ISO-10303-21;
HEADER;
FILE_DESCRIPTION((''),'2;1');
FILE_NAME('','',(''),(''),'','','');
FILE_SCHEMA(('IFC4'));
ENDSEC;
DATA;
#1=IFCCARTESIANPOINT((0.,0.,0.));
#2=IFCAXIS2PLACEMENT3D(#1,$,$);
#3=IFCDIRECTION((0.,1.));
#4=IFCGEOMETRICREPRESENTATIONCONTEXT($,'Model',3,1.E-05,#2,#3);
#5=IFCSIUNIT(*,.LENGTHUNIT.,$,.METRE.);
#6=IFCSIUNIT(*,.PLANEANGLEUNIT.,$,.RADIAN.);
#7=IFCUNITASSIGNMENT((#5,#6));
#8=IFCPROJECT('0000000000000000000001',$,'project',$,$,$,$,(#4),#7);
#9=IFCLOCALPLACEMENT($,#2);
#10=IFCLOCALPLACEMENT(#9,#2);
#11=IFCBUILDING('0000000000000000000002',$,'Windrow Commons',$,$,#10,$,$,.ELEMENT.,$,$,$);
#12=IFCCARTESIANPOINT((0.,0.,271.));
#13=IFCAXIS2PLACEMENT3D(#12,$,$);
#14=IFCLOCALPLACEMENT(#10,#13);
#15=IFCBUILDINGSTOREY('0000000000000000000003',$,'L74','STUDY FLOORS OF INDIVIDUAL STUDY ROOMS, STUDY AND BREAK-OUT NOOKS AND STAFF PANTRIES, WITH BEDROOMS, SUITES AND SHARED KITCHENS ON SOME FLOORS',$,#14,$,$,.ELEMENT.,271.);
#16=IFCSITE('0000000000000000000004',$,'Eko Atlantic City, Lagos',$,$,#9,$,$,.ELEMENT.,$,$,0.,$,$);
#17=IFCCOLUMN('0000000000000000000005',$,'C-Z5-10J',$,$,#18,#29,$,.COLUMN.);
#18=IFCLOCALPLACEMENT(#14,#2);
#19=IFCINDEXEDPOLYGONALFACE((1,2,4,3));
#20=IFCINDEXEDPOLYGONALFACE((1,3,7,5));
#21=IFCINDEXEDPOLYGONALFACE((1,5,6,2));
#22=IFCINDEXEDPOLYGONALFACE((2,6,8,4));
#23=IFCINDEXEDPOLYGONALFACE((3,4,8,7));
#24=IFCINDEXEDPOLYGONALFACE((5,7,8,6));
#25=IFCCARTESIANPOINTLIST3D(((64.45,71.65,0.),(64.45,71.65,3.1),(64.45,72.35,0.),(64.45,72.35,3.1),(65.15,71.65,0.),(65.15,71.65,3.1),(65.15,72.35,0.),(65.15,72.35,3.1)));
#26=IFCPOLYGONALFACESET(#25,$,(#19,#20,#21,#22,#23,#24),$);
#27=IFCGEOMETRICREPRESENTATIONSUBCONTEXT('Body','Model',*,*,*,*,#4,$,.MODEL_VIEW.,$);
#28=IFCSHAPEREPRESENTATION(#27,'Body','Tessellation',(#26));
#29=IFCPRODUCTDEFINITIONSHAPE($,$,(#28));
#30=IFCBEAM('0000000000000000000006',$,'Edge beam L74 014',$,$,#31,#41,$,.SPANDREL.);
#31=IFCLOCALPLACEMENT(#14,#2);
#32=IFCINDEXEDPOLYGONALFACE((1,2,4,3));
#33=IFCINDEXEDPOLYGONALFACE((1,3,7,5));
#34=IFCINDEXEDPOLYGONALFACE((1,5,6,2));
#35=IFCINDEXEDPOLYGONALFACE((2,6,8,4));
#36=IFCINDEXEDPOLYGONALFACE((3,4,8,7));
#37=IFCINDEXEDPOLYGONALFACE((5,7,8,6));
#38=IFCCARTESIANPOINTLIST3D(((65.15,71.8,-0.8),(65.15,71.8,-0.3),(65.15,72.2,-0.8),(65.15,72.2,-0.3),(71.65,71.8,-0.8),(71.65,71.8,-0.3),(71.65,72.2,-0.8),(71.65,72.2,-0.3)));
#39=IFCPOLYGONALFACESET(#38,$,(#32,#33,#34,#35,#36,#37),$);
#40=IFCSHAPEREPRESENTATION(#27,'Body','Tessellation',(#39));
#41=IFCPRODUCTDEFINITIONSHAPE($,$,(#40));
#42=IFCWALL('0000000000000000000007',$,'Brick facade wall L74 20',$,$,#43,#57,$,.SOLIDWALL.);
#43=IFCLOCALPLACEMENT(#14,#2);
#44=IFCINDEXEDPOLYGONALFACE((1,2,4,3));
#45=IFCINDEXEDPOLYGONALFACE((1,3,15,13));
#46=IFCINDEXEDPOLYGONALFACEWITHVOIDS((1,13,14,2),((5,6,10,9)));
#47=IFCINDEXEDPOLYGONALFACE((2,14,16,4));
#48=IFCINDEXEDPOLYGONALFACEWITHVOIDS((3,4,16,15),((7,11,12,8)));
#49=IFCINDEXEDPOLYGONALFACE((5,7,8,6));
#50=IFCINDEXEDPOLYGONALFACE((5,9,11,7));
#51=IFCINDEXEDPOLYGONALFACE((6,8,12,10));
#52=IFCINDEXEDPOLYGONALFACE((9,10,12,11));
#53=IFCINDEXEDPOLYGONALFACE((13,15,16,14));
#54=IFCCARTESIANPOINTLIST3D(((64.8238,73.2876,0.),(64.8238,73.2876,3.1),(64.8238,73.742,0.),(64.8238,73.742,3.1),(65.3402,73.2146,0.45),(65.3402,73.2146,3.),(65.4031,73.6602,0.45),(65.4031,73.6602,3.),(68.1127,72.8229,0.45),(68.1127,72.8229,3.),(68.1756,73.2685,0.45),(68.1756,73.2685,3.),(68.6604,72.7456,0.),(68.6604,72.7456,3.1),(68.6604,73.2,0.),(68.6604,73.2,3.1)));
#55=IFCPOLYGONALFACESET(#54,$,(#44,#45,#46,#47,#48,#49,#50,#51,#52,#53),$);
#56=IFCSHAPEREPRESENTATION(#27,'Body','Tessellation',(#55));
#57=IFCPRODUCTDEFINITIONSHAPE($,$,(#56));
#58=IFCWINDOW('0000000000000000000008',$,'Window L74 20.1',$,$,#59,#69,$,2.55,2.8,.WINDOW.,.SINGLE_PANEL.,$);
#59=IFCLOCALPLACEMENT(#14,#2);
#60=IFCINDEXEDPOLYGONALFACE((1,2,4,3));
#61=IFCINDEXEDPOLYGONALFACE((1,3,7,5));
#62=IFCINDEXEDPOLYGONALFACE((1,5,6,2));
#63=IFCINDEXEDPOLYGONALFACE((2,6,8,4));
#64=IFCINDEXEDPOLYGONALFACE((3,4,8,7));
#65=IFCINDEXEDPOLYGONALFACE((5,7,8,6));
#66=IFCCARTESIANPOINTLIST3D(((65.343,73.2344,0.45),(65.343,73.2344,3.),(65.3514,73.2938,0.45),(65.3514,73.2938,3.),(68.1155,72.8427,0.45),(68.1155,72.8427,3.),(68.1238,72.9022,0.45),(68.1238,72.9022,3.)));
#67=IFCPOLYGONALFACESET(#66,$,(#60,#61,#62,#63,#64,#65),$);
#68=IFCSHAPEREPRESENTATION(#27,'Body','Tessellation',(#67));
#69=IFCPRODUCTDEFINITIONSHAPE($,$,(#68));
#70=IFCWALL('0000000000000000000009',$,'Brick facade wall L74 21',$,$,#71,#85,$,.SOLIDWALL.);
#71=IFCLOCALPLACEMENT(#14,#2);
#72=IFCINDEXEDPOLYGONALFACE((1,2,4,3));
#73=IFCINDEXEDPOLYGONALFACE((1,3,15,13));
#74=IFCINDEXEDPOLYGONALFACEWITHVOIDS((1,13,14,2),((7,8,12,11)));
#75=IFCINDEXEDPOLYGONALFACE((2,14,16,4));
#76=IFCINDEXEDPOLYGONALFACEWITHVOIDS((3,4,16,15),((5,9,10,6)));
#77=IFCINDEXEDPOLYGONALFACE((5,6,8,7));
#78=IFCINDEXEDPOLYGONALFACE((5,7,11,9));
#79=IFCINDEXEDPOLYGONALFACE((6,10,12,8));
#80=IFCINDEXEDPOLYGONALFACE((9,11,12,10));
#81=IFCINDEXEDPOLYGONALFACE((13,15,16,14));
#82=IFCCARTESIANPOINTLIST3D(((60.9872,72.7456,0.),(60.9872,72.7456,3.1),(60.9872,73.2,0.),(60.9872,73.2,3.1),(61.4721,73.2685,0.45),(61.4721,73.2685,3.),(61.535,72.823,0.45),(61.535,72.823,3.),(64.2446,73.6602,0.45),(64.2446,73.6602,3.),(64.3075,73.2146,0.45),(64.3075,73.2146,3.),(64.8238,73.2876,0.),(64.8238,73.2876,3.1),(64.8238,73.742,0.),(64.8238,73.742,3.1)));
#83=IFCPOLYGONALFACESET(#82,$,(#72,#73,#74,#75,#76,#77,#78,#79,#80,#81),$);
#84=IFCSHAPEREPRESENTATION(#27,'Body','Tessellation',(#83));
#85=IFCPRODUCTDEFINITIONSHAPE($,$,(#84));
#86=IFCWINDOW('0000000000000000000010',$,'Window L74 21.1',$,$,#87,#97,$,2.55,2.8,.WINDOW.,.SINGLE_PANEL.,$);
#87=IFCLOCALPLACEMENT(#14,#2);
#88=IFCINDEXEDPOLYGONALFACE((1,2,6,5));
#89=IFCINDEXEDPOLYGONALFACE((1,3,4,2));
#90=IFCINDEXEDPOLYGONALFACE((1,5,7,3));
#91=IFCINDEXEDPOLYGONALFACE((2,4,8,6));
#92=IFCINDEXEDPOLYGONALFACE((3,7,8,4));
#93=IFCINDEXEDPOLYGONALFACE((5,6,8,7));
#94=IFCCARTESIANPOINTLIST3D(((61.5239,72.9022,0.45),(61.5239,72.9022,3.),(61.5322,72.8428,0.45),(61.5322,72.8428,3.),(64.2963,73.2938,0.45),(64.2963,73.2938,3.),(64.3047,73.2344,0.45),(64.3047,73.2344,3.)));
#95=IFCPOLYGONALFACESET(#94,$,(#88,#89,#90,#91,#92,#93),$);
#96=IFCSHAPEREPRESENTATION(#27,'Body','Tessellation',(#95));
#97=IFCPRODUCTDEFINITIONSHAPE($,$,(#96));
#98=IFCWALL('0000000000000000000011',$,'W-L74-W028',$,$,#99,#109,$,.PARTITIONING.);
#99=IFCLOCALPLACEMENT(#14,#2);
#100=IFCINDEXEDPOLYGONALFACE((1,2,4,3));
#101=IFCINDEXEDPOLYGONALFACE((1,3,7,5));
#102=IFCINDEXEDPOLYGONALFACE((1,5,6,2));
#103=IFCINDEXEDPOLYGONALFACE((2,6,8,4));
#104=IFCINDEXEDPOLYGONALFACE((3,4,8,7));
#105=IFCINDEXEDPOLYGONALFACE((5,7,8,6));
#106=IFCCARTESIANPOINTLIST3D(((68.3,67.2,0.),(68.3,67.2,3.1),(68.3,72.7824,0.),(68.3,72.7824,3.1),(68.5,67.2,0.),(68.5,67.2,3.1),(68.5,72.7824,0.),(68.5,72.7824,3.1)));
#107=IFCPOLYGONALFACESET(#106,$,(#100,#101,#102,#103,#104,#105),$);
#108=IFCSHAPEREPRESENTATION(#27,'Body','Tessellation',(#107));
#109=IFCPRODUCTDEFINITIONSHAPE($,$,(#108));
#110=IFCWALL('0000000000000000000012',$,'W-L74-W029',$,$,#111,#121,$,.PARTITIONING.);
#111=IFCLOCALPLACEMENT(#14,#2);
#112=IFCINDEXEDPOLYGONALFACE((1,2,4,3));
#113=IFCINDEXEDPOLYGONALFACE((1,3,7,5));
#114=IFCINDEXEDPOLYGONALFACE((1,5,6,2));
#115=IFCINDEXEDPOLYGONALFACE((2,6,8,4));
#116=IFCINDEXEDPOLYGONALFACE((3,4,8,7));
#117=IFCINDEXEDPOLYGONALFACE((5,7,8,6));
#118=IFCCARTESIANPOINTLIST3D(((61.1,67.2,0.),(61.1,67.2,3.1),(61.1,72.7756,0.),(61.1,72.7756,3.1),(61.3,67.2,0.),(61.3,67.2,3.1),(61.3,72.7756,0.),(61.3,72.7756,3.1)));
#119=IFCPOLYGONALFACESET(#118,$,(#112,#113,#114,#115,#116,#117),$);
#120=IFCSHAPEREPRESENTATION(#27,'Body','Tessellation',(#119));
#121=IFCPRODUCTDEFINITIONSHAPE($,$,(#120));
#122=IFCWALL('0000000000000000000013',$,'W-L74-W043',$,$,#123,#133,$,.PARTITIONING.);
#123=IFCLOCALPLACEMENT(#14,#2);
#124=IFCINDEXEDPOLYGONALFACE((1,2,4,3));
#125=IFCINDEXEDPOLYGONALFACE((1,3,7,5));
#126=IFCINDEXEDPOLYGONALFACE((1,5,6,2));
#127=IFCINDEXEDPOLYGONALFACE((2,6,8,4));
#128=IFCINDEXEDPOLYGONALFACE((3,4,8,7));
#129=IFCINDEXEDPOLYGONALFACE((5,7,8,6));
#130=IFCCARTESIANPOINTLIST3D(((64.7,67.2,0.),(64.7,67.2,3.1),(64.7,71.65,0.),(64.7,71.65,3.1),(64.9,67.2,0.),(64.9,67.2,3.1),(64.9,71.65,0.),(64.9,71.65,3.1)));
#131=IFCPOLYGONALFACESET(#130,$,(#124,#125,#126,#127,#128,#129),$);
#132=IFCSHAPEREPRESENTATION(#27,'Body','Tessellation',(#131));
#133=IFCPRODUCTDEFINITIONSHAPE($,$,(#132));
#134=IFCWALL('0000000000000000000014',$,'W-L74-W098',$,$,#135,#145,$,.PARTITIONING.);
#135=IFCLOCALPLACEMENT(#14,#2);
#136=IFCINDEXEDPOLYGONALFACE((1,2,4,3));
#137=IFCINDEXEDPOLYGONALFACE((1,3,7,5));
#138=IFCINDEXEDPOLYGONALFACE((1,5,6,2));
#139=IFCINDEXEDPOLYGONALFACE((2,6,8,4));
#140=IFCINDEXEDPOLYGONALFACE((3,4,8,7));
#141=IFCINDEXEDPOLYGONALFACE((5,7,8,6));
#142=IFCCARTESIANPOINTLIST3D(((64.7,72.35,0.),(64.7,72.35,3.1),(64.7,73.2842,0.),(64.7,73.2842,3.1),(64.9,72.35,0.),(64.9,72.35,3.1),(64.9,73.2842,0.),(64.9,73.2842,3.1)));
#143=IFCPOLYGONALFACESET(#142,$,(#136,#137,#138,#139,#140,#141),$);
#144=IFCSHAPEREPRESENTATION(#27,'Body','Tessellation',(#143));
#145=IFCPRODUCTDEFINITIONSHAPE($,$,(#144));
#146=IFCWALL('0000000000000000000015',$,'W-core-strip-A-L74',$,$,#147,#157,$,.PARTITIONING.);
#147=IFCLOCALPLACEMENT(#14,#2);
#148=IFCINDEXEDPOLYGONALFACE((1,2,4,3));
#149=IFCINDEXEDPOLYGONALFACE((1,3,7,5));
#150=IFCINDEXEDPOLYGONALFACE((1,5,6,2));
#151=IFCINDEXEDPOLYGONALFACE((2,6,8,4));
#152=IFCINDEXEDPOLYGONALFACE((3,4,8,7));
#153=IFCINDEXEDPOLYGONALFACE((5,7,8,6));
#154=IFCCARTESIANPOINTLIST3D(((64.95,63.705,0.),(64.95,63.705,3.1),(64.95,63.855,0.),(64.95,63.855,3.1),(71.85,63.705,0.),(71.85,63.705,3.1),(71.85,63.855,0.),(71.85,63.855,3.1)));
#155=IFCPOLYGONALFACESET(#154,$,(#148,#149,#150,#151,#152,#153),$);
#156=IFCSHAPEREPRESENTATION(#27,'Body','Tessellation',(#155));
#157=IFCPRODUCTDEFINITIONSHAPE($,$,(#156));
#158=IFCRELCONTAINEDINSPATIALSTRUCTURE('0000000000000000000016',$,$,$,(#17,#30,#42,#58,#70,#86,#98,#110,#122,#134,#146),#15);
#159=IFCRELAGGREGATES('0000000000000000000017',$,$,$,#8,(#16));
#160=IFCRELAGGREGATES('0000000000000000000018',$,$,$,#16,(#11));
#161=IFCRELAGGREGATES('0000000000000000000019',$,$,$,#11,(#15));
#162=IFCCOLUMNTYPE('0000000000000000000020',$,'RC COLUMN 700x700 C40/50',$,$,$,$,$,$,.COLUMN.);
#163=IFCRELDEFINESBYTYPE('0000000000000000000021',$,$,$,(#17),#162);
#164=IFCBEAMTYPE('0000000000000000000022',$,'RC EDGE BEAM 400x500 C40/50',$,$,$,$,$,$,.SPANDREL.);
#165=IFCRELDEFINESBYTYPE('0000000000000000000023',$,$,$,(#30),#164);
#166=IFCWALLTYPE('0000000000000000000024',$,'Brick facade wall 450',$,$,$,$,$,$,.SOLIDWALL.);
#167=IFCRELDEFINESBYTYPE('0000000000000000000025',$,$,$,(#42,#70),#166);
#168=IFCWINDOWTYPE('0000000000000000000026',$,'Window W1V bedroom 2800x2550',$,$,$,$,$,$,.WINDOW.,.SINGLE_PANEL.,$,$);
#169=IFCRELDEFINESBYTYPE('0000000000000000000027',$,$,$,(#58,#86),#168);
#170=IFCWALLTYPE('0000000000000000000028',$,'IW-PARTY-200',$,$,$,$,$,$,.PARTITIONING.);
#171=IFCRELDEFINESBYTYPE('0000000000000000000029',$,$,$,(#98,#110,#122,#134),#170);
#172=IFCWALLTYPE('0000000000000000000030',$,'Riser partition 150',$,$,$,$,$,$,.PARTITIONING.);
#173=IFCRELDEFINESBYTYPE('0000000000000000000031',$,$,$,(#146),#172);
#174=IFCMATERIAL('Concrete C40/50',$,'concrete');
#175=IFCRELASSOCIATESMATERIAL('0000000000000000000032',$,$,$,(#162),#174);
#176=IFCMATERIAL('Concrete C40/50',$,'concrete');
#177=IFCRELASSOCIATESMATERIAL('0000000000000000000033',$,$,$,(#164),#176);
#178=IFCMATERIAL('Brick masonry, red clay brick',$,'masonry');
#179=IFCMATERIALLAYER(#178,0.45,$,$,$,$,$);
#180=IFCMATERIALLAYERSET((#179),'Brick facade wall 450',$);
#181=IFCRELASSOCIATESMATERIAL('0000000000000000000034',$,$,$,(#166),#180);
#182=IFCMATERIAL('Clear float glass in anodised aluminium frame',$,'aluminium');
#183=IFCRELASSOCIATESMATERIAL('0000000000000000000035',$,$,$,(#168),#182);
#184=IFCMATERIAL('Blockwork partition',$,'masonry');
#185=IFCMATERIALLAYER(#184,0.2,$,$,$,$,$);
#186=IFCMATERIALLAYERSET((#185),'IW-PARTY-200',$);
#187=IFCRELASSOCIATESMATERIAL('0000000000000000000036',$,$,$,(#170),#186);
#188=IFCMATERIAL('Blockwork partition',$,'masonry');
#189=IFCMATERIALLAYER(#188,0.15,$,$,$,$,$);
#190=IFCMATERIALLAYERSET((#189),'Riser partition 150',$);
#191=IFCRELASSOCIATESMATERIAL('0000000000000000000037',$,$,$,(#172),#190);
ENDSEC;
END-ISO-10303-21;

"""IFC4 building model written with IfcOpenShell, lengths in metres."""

from ifc_helpers import new_model, si_unit, direction, frame, frame_2d, origin, origin_2d, place, context, subcontext, project, spatial, polyline, rectangle, outline, extrude, material, layer, layer_set, material_profile, profile_set, type_object, element, fill, save


model = new_model("IFC4")

# Units and contexts
model_context = context("Model", 3, precision=1e-05, world=origin(), true_north=direction((0.0, 1.0)))
body_context = subcontext(model_context, "Body", "Model", "MODEL_VIEW")
ifc_project = project(units=[si_unit("LENGTHUNIT", "METRE"), si_unit("PLANEANGLEUNIT", "RADIAN")], contexts=[model_context])

# Site, building, storey
site_placement = place(None, origin())
site = spatial("IfcSite", under=ifc_project, at=site_placement, Name="Eko Atlantic City, Lagos", CompositionType="ELEMENT", RefElevation=0.0)
building_placement = place(site_placement, origin())
building = spatial("IfcBuilding", under=site, at=building_placement, Name="Windrow Commons", CompositionType="ELEMENT")
storey_placement = place(building_placement, frame((0.0, 0.0, 271.0)))
storey = spatial("IfcBuildingStorey", under=building, at=storey_placement, Name="L74", Description="STUDY FLOORS OF INDIVIDUAL STUDY ROOMS, STUDY AND BREAK-OUT NOOKS AND STAFF PANTRIES, WITH BEDROOMS, SUITES AND SHARED KITCHENS ON SOME FLOORS", CompositionType="ELEMENT", Elevation=271.0)

# Column
ifc_material_1 = material(Name="Concrete C40/50", Category="concrete")
ifc_material_profile_1 = material_profile(ifc_material_1, rectangle(XDim=0.7, YDim=0.7, at=origin_2d()))
ifc_profile_set_1 = profile_set([ifc_material_profile_1], Name="Concrete C40/50")
column_type = type_object("IfcColumnType", Name="RC COLUMN 700x700 C40/50", PredefinedType="COLUMN", material=ifc_profile_set_1)
column_placement = place(storey_placement, frame((64.8, 72.0, 0.0), z_axis=(0.0, 0.0, 1.0), x_axis=(1.0, 0.0, 0.0)))
element("IfcColumn", 1, at=column_placement, inside=storey, type_object=column_type, Name="C-Z5-10J", PredefinedType="COLUMN", context=body_context, shape_type="SweptSolid", body=[
    extrude(rectangle(XDim=0.7, YDim=0.7, at=origin_2d()), origin(), (0.0, 0.0, 1.0), 3.1),
])

# Beam
ifc_material_2 = material(Name="Concrete C40/50", Category="concrete")
ifc_material_profile_2 = material_profile(ifc_material_2, rectangle(XDim=0.4, YDim=0.5, at=origin_2d()))
ifc_profile_set_2 = profile_set([ifc_material_profile_2], Name="Concrete C40/50")
beam_type = type_object("IfcBeamType", Name="RC EDGE BEAM 400x500 C40/50", PredefinedType="SPANDREL", material=ifc_profile_set_2)
beam_placement = place(storey_placement, frame((65.15, 72.0, -0.55), z_axis=(1.0, 0.0, 0.0), x_axis=(0.0, 1.0, 0.0)))
element("IfcBeam", 2, at=beam_placement, inside=storey, type_object=beam_type, Name="Edge beam L74 014", PredefinedType="SPANDREL", context=body_context, shape_type="SweptSolid", body=[
    extrude(rectangle(XDim=0.4, YDim=0.5, at=origin_2d()), origin(), (0.0, 0.0, 1.0), 6.5),
])

# Walls, openings, windows
ifc_material_3 = material(Name="Brick masonry, red clay brick", Category="masonry")
ifc_layer_1 = layer(ifc_material_3, 0.45)
ifc_layer_set_1 = layer_set([ifc_layer_1], Name="Brick facade wall 450")
wall_type_1 = type_object("IfcWallType", Name="Brick facade wall 450", PredefinedType="SOLIDWALL", material=ifc_layer_set_1)
wall_1_placement = place(storey_placement, frame((68.6604, 72.9728, 0.0), z_axis=(0.0, 0.0, 1.0), x_axis=(-0.990168, 0.139882, 0.0)))
wall_1 = element("IfcWall", 3, at=wall_1_placement, inside=storey, type_object=wall_type_1, Name="Brick facade wall L74 20", PredefinedType="SOLIDWALL", context=body_context, shape_type="SweptSolid", body=[
    extrude(outline(polyline([(0.0318, -0.225), (3.9065, -0.225), (3.8429, 0.225), (-0.0318, 0.225), (0.0318, -0.225)])), origin(), (0.0, 0.0, 1.0), 3.1),
])
opening_1_placement = place(wall_1_placement, frame((0.5214, 0.0, 0.45)))
opening_1 = element("IfcOpeningElement", 4, at=opening_1_placement, cuts=wall_1, PredefinedType="OPENING", context=body_context, shape_type="SweptSolid", body=[
    extrude(rectangle(XDim=2.8, YDim=2.55, at=frame_2d((1.4, 1.275))), frame((0.0, 0.235, 0.0), z_axis=(0.0, -1.0, 0.0), x_axis=(1.0, 0.0, 0.0)), (0.0, 0.0, 1.0), 0.47),
])
ifc_material_4 = material(Name="Clear float glass in anodised aluminium frame", Category="aluminium")
window_type = type_object("IfcWindowType", Name="Window W1V bedroom 2800x2550", PartitioningType="SINGLE_PANEL", PredefinedType="WINDOW", material=ifc_material_4)
window_1_placement = place(opening_1_placement, origin())
window_1 = element("IfcWindow", 5, at=window_1_placement, inside=storey, type_object=window_type, Name="Window L74 20.1", OverallHeight=2.55, OverallWidth=2.8, PartitioningType="SINGLE_PANEL", PredefinedType="WINDOW", context=body_context, shape_type="SweptSolid", body=[
    extrude(rectangle(XDim=2.8, YDim=2.55, at=frame_2d((1.4, 1.275))), frame((0.0, 0.205, 0.0), z_axis=(0.0, -1.0, 0.0), x_axis=(1.0, 0.0, 0.0)), (0.0, 0.0, 1.0), 0.06),
])
fill(opening_1, window_1)
wall_2_placement = place(storey_placement, frame((64.8238, 73.5148, 0.0), z_axis=(0.0, 0.0, 1.0), x_axis=(-0.990168, -0.139882, 0.0)))
wall_2 = element("IfcWall", 6, at=wall_2_placement, inside=storey, type_object=wall_type_1, Name="Brick facade wall L74 21", PredefinedType="SOLIDWALL", context=body_context, shape_type="SweptSolid", body=[
    extrude(outline(polyline([(-0.0318, -0.225), (3.8429, -0.225), (3.9065, 0.225), (0.0318, 0.225), (-0.0318, -0.225)])), origin(), (0.0, 0.0, 1.0), 3.1),
])
opening_2_placement = place(wall_2_placement, frame((0.5532, 0.0, 0.45)))
opening_2 = element("IfcOpeningElement", 7, at=opening_2_placement, cuts=wall_2, PredefinedType="OPENING", context=body_context, shape_type="SweptSolid", body=[
    extrude(rectangle(XDim=2.8, YDim=2.55, at=frame_2d((1.4, 1.275))), frame((0.0, 0.235, 0.0), z_axis=(0.0, -1.0, 0.0), x_axis=(1.0, 0.0, 0.0)), (0.0, 0.0, 1.0), 0.47),
])
window_2_placement = place(opening_2_placement, origin())
window_2 = element("IfcWindow", 8, at=window_2_placement, inside=storey, type_object=window_type, Name="Window L74 21.1", OverallHeight=2.55, OverallWidth=2.8, PartitioningType="SINGLE_PANEL", PredefinedType="WINDOW", context=body_context, shape_type="SweptSolid", body=[
    extrude(rectangle(XDim=2.8, YDim=2.55, at=frame_2d((1.4, 1.275))), frame((0.0, 0.205, 0.0), z_axis=(0.0, -1.0, 0.0), x_axis=(1.0, 0.0, 0.0)), (0.0, 0.0, 1.0), 0.06),
])
fill(opening_2, window_2)

# Walls
ifc_material_5 = material(Name="Blockwork partition", Category="masonry")
ifc_layer_2 = layer(ifc_material_5, 0.2)
ifc_layer_set_2 = layer_set([ifc_layer_2], Name="IW-PARTY-200")
wall_type_2 = type_object("IfcWallType", Name="IW-PARTY-200", PredefinedType="PARTITIONING", material=ifc_layer_set_2)
wall_3_placement = place(storey_placement, frame((68.4, 67.2, 0.0), z_axis=(0.0, 0.0, 1.0), x_axis=(0.0, 1.0, 0.0)))
element("IfcWall", 9, at=wall_3_placement, inside=storey, type_object=wall_type_2, Name="W-L74-W028", PredefinedType="PARTITIONING", context=body_context, shape_type="SweptSolid", body=[
    extrude(rectangle(XDim=5.5823, YDim=0.2, at=frame_2d((2.7912, 0.0))), origin(), (0.0, 0.0, 1.0), 3.1),
])
wall_4_placement = place(storey_placement, frame((61.2, 67.2, 0.0), z_axis=(0.0, 0.0, 1.0), x_axis=(0.0, 1.0, 0.0)))
element("IfcWall", 10, at=wall_4_placement, inside=storey, type_object=wall_type_2, Name="W-L74-W029", PredefinedType="PARTITIONING", context=body_context, shape_type="SweptSolid", body=[
    extrude(rectangle(XDim=5.5756, YDim=0.2, at=frame_2d((2.7878, 0.0))), origin(), (0.0, 0.0, 1.0), 3.1),
])
wall_5_placement = place(storey_placement, frame((64.8, 67.2, 0.0), z_axis=(0.0, 0.0, 1.0), x_axis=(0.0, 1.0, 0.0)))
element("IfcWall", 11, at=wall_5_placement, inside=storey, type_object=wall_type_2, Name="W-L74-W043", PredefinedType="PARTITIONING", context=body_context, shape_type="SweptSolid", body=[
    extrude(rectangle(XDim=4.45, YDim=0.2, at=frame_2d((2.225, 0.0))), origin(), (0.0, 0.0, 1.0), 3.1),
])
wall_6_placement = place(storey_placement, frame((64.8, 72.35, 0.0), z_axis=(0.0, 0.0, 1.0), x_axis=(0.0, 1.0, 0.0)))
element("IfcWall", 12, at=wall_6_placement, inside=storey, type_object=wall_type_2, Name="W-L74-W098", PredefinedType="PARTITIONING", context=body_context, shape_type="SweptSolid", body=[
    extrude(rectangle(XDim=0.9342, YDim=0.2, at=frame_2d((0.4671, 0.0))), origin(), (0.0, 0.0, 1.0), 3.1),
])
ifc_material_6 = material(Name="Blockwork partition", Category="masonry")
ifc_layer_3 = layer(ifc_material_6, 0.15)
ifc_layer_set_3 = layer_set([ifc_layer_3], Name="Riser partition 150")
wall_type_3 = type_object("IfcWallType", Name="Riser partition 150", PredefinedType="PARTITIONING", material=ifc_layer_set_3)
wall_7_placement = place(storey_placement, frame((64.95, 63.78, 0.0), z_axis=(0.0, 0.0, 1.0), x_axis=(1.0, 0.0, 0.0)))
element("IfcWall", 13, at=wall_7_placement, inside=storey, type_object=wall_type_3, Name="W-core-strip-A-L74", PredefinedType="PARTITIONING", context=body_context, shape_type="SweptSolid", body=[
    extrude(rectangle(XDim=6.9, YDim=0.15, at=frame_2d((3.45, 0.0))), origin(), (0.0, 0.0, 1.0), 3.1),
])

save(model, "model.ifc")
